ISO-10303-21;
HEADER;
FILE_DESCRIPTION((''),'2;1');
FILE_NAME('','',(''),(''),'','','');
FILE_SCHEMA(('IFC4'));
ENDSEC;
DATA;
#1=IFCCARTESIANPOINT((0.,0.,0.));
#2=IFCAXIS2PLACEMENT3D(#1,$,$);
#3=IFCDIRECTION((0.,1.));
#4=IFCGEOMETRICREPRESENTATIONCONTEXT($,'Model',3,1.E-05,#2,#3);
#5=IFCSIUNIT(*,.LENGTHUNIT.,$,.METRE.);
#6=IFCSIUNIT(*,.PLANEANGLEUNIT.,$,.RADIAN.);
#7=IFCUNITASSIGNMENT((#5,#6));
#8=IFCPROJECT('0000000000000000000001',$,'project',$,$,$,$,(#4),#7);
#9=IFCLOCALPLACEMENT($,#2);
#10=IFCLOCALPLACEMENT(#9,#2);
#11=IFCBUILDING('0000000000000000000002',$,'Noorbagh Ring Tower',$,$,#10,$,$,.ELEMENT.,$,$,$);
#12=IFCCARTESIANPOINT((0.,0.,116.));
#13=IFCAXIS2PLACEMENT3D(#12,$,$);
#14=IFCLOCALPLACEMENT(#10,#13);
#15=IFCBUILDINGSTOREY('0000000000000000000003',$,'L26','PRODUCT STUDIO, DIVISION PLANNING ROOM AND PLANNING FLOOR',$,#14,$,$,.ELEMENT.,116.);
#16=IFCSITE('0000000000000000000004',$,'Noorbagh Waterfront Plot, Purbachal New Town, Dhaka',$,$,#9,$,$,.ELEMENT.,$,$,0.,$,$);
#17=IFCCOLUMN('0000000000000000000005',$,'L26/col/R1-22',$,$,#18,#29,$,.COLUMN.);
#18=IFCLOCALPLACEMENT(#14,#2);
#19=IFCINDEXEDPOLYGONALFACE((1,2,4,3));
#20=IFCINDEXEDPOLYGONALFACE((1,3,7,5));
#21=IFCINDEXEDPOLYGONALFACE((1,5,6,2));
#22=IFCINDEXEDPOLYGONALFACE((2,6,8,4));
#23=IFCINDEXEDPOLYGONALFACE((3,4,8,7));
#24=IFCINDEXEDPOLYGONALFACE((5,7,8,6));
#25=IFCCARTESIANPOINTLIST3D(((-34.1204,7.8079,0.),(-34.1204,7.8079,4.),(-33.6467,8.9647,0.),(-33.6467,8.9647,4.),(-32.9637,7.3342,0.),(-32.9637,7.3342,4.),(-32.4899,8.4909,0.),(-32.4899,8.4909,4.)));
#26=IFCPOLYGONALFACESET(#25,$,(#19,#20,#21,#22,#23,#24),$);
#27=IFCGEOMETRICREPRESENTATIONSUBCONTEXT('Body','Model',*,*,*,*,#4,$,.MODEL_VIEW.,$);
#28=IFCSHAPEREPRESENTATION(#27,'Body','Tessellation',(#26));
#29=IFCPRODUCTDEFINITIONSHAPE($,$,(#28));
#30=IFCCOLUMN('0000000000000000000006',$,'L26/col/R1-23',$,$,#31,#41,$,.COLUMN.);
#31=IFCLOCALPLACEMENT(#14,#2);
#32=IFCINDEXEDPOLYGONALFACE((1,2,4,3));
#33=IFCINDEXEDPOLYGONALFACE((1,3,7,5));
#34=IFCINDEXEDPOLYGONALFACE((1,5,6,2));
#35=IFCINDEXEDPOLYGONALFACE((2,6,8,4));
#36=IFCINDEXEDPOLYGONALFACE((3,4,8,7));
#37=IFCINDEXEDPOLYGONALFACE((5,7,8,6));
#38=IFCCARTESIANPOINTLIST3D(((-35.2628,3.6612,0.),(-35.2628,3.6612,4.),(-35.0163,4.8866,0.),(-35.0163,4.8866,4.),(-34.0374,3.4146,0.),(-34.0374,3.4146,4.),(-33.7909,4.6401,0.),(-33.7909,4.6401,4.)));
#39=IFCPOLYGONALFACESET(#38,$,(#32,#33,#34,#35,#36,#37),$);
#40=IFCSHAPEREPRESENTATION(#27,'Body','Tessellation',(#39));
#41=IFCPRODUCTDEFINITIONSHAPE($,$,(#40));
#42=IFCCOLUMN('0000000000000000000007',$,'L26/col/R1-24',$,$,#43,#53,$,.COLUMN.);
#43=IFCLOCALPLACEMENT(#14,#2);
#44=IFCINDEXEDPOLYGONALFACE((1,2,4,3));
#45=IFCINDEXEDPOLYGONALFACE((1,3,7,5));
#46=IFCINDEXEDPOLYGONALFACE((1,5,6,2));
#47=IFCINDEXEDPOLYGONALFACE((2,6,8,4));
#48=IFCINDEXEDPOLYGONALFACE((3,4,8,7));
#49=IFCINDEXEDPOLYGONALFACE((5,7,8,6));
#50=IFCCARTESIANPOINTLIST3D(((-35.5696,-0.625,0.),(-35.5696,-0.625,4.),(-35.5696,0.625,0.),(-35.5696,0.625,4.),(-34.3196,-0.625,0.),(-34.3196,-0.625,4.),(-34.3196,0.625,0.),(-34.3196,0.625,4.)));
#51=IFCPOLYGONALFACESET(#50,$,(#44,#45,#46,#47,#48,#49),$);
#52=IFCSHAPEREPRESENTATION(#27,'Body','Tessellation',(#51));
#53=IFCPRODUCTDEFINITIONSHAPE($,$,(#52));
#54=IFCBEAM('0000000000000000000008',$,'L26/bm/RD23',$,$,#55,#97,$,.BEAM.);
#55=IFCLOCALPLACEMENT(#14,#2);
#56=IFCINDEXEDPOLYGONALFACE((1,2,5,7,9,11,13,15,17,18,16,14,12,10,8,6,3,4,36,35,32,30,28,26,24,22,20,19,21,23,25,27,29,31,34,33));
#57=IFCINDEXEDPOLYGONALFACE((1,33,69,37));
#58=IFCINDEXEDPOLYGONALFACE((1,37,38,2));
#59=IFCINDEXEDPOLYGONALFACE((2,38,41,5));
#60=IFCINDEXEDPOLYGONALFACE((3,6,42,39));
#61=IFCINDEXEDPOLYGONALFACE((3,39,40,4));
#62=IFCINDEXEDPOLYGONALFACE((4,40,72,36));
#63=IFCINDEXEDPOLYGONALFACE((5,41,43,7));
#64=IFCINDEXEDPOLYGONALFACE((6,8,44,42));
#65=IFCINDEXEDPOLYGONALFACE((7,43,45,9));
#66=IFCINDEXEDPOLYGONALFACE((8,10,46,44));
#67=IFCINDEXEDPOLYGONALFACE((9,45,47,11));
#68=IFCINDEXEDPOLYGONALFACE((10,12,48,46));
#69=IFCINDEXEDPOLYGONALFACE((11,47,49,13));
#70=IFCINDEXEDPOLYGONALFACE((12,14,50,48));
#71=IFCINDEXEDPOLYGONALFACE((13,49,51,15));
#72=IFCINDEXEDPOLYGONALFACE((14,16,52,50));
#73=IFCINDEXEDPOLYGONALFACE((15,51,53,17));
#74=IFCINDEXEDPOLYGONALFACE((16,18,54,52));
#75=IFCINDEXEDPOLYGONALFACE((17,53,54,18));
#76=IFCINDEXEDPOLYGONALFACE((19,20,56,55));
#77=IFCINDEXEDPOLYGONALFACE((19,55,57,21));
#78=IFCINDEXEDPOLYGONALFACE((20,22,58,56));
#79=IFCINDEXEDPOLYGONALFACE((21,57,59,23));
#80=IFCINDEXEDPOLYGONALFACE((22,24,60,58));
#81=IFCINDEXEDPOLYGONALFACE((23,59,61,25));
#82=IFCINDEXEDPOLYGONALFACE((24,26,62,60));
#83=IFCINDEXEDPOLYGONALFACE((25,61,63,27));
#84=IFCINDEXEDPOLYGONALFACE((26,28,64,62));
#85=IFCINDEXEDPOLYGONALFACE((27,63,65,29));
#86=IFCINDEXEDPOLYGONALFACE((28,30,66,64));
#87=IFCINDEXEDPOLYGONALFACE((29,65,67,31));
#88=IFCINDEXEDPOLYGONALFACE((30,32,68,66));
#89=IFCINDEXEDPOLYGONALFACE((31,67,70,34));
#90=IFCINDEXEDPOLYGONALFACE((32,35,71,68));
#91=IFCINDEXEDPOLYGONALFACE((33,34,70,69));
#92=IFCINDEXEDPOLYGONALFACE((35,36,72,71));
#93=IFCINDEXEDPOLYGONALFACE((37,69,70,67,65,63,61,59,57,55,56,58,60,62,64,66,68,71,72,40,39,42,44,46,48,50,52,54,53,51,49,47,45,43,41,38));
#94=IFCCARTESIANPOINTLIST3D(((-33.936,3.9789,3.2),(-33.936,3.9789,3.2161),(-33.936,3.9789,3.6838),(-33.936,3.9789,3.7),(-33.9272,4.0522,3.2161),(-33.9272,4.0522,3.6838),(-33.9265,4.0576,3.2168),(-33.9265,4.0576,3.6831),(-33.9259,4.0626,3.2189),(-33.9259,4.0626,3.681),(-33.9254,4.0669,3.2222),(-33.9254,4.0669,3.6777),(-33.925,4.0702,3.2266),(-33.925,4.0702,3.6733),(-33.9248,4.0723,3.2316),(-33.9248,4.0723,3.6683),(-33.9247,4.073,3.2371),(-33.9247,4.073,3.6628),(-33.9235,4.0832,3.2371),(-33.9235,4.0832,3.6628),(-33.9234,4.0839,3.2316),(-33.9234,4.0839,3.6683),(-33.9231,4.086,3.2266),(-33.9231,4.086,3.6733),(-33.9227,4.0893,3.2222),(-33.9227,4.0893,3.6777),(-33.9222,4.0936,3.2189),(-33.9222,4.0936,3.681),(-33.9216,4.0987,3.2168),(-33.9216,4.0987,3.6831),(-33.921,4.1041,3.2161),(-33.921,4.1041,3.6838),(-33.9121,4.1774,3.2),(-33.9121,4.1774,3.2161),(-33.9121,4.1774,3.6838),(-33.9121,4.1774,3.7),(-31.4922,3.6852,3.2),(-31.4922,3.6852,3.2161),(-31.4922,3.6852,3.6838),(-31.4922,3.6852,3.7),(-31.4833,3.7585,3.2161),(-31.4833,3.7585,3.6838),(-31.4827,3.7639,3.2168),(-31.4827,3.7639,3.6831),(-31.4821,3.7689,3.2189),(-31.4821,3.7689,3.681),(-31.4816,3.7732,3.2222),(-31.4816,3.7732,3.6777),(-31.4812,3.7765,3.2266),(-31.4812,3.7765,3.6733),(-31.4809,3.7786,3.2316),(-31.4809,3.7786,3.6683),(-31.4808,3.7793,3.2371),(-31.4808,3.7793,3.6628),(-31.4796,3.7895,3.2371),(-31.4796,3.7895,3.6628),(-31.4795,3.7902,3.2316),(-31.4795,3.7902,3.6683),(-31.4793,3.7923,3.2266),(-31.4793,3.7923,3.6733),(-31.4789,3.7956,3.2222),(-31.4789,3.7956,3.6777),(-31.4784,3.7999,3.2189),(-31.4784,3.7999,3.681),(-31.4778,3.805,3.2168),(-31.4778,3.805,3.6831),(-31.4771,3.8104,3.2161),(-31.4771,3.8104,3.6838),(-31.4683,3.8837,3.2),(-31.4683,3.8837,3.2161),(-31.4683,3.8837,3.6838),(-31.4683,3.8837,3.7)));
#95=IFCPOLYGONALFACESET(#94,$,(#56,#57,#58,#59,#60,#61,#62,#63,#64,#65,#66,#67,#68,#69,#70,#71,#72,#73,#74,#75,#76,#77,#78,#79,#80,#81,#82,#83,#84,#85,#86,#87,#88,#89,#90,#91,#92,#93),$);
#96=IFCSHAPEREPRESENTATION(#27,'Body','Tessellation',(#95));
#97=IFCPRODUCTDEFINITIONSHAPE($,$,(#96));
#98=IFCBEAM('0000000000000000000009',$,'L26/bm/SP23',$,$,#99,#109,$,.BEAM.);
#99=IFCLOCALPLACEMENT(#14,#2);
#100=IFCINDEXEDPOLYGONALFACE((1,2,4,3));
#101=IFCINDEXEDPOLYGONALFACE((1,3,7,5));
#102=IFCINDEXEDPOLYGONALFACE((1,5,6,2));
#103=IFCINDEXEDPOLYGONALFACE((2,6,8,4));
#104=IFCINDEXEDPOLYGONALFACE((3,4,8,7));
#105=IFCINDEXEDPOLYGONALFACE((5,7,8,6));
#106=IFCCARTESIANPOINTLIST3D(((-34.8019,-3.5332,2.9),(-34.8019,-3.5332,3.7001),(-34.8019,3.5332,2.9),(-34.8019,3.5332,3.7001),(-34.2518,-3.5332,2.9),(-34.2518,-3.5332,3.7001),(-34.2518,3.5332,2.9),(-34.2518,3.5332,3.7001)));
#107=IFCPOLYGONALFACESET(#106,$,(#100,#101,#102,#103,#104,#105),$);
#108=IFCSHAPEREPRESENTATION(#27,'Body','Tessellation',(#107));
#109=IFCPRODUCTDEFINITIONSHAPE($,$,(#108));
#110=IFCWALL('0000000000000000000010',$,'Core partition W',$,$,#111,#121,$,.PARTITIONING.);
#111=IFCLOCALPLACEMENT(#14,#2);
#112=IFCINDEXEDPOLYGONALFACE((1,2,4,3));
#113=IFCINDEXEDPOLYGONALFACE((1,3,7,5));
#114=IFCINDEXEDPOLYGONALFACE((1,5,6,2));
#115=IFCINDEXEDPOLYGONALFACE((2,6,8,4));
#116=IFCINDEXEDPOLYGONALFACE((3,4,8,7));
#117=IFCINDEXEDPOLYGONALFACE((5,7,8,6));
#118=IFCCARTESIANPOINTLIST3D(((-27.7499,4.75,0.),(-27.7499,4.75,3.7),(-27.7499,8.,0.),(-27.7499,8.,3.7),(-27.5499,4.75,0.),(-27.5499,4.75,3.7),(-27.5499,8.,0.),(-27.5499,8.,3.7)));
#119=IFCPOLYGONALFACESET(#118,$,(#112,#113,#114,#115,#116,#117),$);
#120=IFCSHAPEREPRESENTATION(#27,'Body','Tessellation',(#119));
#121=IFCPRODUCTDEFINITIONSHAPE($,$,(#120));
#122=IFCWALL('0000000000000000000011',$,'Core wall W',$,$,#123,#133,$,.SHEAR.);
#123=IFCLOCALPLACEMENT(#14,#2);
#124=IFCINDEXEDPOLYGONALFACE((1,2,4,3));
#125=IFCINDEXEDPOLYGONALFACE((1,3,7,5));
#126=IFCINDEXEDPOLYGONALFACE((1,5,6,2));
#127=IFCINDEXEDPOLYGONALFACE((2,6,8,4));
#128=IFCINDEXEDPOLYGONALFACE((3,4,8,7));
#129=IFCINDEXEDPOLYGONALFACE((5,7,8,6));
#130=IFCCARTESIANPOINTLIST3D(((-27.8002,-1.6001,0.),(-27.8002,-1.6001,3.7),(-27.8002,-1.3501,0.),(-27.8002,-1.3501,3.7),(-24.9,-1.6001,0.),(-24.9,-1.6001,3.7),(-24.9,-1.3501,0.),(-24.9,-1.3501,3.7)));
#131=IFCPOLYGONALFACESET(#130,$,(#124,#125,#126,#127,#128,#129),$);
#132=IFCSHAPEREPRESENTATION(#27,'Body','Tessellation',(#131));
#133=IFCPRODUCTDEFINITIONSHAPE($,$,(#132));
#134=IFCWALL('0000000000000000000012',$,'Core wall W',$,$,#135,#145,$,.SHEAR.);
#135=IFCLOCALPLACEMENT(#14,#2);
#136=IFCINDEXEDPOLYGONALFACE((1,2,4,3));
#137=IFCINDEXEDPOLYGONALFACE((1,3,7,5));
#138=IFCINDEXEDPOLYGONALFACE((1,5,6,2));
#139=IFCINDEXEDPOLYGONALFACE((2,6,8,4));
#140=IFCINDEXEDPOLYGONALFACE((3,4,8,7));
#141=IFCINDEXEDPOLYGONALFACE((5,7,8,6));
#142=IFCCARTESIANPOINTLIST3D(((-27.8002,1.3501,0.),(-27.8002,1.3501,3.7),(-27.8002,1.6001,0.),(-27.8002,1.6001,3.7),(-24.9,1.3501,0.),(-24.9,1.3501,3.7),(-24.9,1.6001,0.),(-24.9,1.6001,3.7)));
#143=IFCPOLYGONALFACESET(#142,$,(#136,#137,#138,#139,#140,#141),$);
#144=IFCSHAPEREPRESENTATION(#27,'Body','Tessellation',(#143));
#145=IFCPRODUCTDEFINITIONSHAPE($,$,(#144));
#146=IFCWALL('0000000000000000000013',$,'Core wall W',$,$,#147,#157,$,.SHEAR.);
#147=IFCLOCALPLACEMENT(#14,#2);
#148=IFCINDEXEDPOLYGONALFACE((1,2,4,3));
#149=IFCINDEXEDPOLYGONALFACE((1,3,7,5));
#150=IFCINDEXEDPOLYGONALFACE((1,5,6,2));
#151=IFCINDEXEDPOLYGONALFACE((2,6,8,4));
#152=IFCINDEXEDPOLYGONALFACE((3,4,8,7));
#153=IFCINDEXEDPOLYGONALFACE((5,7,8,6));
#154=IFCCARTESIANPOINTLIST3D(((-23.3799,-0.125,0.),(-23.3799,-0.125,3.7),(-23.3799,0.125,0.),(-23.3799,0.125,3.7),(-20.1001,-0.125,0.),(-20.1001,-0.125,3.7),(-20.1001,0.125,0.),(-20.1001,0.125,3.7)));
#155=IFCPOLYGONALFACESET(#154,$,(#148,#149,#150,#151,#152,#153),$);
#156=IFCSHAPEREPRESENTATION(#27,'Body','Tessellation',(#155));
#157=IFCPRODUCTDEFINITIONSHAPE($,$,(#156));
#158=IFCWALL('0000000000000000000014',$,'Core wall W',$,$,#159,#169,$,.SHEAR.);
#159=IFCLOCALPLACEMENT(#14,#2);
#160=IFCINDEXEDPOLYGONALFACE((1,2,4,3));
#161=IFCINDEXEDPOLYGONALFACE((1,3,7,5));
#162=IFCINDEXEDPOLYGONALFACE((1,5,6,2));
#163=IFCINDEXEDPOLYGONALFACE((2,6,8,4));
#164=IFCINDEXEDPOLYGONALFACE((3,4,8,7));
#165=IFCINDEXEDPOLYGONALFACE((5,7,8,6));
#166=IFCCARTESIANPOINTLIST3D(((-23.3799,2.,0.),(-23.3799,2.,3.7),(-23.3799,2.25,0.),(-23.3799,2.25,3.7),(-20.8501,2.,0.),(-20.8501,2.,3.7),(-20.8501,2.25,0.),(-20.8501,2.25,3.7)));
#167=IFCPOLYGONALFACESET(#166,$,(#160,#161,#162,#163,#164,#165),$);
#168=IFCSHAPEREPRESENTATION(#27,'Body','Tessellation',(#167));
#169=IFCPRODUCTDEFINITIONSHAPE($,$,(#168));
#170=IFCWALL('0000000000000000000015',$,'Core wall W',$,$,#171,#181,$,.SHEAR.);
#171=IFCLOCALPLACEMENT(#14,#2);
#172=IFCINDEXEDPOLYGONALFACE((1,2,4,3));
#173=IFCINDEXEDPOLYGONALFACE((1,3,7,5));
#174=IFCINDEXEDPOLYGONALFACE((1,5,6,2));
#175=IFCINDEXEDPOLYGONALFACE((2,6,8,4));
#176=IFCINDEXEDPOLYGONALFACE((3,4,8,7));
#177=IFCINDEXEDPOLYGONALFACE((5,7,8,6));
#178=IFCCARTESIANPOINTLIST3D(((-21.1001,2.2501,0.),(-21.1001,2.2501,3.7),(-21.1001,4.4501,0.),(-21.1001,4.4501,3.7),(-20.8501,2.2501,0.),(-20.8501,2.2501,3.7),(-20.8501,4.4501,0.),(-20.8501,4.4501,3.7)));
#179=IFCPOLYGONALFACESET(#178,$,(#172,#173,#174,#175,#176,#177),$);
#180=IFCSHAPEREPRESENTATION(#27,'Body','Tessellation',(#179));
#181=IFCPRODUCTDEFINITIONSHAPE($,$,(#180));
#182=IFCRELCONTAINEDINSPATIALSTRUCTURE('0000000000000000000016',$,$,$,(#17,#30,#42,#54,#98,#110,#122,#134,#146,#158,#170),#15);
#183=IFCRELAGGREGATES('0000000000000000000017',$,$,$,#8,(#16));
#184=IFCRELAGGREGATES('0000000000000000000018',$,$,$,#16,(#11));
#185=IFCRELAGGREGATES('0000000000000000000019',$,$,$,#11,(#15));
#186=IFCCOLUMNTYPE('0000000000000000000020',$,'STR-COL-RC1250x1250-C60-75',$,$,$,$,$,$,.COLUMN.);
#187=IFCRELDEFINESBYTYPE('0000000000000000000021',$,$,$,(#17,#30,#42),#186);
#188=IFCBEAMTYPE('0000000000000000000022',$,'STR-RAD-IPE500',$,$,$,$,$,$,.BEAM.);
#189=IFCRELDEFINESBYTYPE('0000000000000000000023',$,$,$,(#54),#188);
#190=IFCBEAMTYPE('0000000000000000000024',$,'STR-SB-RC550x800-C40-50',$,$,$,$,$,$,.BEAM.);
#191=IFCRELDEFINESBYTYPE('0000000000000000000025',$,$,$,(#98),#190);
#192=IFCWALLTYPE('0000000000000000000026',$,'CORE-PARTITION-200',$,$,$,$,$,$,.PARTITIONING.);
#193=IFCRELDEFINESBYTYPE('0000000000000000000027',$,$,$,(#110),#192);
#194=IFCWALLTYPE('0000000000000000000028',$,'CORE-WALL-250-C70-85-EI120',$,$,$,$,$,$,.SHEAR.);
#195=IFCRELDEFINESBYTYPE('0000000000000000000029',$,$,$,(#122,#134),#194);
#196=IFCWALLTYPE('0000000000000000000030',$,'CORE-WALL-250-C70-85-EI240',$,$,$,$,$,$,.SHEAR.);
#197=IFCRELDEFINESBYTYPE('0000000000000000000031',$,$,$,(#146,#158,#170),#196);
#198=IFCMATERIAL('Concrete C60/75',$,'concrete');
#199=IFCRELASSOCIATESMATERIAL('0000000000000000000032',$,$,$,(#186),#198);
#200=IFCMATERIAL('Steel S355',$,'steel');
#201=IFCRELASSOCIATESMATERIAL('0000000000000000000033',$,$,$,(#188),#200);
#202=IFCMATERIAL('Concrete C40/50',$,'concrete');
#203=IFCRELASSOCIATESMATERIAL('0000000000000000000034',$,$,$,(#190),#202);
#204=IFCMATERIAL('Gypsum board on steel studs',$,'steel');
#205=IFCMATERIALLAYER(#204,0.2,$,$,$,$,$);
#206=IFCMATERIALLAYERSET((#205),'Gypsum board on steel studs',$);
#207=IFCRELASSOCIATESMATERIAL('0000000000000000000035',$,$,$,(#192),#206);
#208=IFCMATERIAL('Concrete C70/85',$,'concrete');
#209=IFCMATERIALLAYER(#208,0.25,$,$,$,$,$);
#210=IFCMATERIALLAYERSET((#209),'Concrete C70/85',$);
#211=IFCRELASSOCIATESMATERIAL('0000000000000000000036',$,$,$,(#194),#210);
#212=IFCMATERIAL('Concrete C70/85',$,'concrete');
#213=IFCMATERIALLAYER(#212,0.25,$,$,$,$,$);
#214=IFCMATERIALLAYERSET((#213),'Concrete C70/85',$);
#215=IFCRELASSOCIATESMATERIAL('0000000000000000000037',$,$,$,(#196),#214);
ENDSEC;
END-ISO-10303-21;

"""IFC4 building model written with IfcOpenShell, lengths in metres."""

from ifc_helpers import new_model, si_unit, direction, frame, frame_2d, origin, origin_2d, place, context, subcontext, project, spatial, rectangle, i_section, extrude, material, layer, layer_set, material_profile, profile_set, type_object, element, save


model = new_model("IFC4")

# Units and contexts
model_context = context("Model", 3, precision=1e-05, world=origin(), true_north=direction((0.0, 1.0)))
body_context = subcontext(model_context, "Body", "Model", "MODEL_VIEW")
ifc_project = project(units=[si_unit("LENGTHUNIT", "METRE"), si_unit("PLANEANGLEUNIT", "RADIAN")], contexts=[model_context])

# Site, building, storey
site_placement = place(None, origin())
site = spatial("IfcSite", under=ifc_project, at=site_placement, Name="Noorbagh Waterfront Plot, Purbachal New Town, Dhaka", CompositionType="ELEMENT", RefElevation=0.0)
building_placement = place(site_placement, origin())
building = spatial("IfcBuilding", under=site, at=building_placement, Name="Noorbagh Ring Tower", CompositionType="ELEMENT")
storey_placement = place(building_placement, frame((0.0, 0.0, 116.0)))
storey = spatial("IfcBuildingStorey", under=building, at=storey_placement, Name="L26", Description="PRODUCT STUDIO, DIVISION PLANNING ROOM AND PLANNING FLOOR", CompositionType="ELEMENT", Elevation=116.0)

# Columns
ifc_material_1 = material(Name="Concrete C60/75", Category="concrete")
ifc_material_profile_1 = material_profile(ifc_material_1, rectangle(XDim=1.25, YDim=1.25, at=origin_2d()), Name="RC1250x1250")
ifc_profile_set_1 = profile_set([ifc_material_profile_1], Name="Concrete C60/75")
column_type = type_object("IfcColumnType", Name="STR-COL-RC1250x1250-C60-75", PredefinedType="COLUMN", material=ifc_profile_set_1)
for number, where, z_axis, x_axis, name in (
    (1, (-33.3052, 8.1494, 0.0), (0.0, 0.0, 1.0), (-0.378989, -0.925401, 0.0), "L26/col/R1-22"),
    (2, (-34.5269, 4.1506, 0.0), (0.0, 0.0, 1.0), (-0.19723, -0.980357, 0.0), "L26/col/R1-23"),
    (3, (-34.9446, 0.0, 0.0), (0.0, 0.0, 1.0), (0.0, -1.0, 0.0), "L26/col/R1-24"),
):
    element("IfcColumn", number, at=place(storey_placement, frame(where, z_axis=z_axis, x_axis=x_axis)), inside=storey, type_object=column_type, Name=name, PredefinedType="COLUMN", context=body_context, shape_type="SweptSolid", body=[
        extrude(rectangle(XDim=1.25, YDim=1.25, at=origin_2d()), origin(), (0.0, 0.0, 1.0), 4.0),
    ])

# Beams
ifc_material_2 = material(Name="Steel S355", Category="steel")
ifc_material_profile_2 = material_profile(ifc_material_2, i_section(OverallWidth=0.2, OverallDepth=0.5, WebThickness=0.0103, FlangeThickness=0.0161, FilletRadius=0.021, at=origin_2d()), Name="IPE500")
ifc_profile_set_2 = profile_set([ifc_material_profile_2], Name="Steel S355")
beam_type_1 = type_object("IfcBeamType", Name="STR-RAD-IPE500", PredefinedType="BEAM", material=ifc_profile_set_2)
beam_1_placement = place(storey_placement, frame((-33.9241, 4.0781, 3.45), z_axis=(0.992856, -0.119321, 0.0), x_axis=(0.119321, 0.992856, 0.0)))
element("IfcBeam", 4, at=beam_1_placement, inside=storey, type_object=beam_type_1, Name="L26/bm/RD23", PredefinedType="BEAM", context=body_context, shape_type="SweptSolid", body=[
    extrude(i_section(OverallWidth=0.2, OverallDepth=0.5, WebThickness=0.0103, FlangeThickness=0.0161, FilletRadius=0.021, at=origin_2d()), origin(), (0.0, 0.0, 1.0), 2.4614),
])
ifc_material_3 = material(Name="Concrete C40/50", Category="concrete")
ifc_material_profile_3 = material_profile(ifc_material_3, rectangle(XDim=0.55, YDim=0.8, at=origin_2d()), Name="RC550x800")
ifc_profile_set_3 = profile_set([ifc_material_profile_3], Name="Concrete C40/50")
beam_type_2 = type_object("IfcBeamType", Name="STR-SB-RC550x800-C40-50", PredefinedType="BEAM", material=ifc_profile_set_3)
beam_2_placement = place(storey_placement, frame((-34.5269, 3.5332, 3.3), z_axis=(0.0, -1.0, 0.0), x_axis=(1.0, 0.0, 0.0)))
element("IfcBeam", 5, at=beam_2_placement, inside=storey, type_object=beam_type_2, Name="L26/bm/SP23", PredefinedType="BEAM", context=body_context, shape_type="SweptSolid", body=[
    extrude(rectangle(XDim=0.55, YDim=0.8, at=origin_2d()), origin(), (0.0, 0.0, 1.0), 7.0664),
])

# Walls
ifc_material_4 = material(Name="Gypsum board on steel studs", Category="steel")
ifc_layer_1 = layer(ifc_material_4, 0.2)
ifc_layer_set_1 = layer_set([ifc_layer_1], Name="Gypsum board on steel studs")
wall_type_1 = type_object("IfcWallType", Name="CORE-PARTITION-200", PredefinedType="PARTITIONING", material=ifc_layer_set_1)
wall_1_placement = place(storey_placement, frame((-27.6499, 4.75, 0.0), z_axis=(0.0, 0.0, 1.0), x_axis=(0.0, 1.0, 0.0)))
element("IfcWall", 6, at=wall_1_placement, inside=storey, type_object=wall_type_1, Name="Core partition W", PredefinedType="PARTITIONING", context=body_context, shape_type="SweptSolid", body=[
    extrude(rectangle(XDim=3.25, YDim=0.2, at=frame_2d((1.625, 0.0))), origin(), (0.0, 0.0, 1.0), 3.7),
])
ifc_material_5 = material(Name="Concrete C70/85", Category="concrete")
ifc_layer_2 = layer(ifc_material_5, 0.25)
ifc_layer_set_2 = layer_set([ifc_layer_2], Name="Concrete C70/85")
wall_type_2 = type_object("IfcWallType", Name="CORE-WALL-250-C70-85-EI120", PredefinedType="SHEAR", material=ifc_layer_set_2)
for number, where, z_axis, x_axis, name in (
    (7, (-24.8999, -1.4751, 0.0), (0.0, 0.0, 1.0), (-1.0, 0.0, 0.0), "Core wall W"),
    (8, (-24.8999, 1.4751, 0.0), (0.0, 0.0, 1.0), (-1.0, 0.0, 0.0), "Core wall W"),
):
    element("IfcWall", number, at=place(storey_placement, frame(where, z_axis=z_axis, x_axis=x_axis)), inside=storey, type_object=wall_type_2, Name=name, PredefinedType="SHEAR", context=body_context, shape_type="SweptSolid", body=[
        extrude(rectangle(XDim=2.9001, YDim=0.25, at=frame_2d((1.4502, 0.0))), origin(), (0.0, 0.0, 1.0), 3.7),
    ])
ifc_material_6 = material(Name="Concrete C70/85", Category="concrete")
ifc_layer_3 = layer(ifc_material_6, 0.25)
ifc_layer_set_3 = layer_set([ifc_layer_3], Name="Concrete C70/85")
wall_type_3 = type_object("IfcWallType", Name="CORE-WALL-250-C70-85-EI240", PredefinedType="SHEAR", material=ifc_layer_set_3)
wall_2_placement = place(storey_placement, frame((-20.1001, 0.0, 0.0), z_axis=(0.0, 0.0, 1.0), x_axis=(-1.0, 0.0, 0.0)))
element("IfcWall", 9, at=wall_2_placement, inside=storey, type_object=wall_type_3, Name="Core wall W", PredefinedType="SHEAR", context=body_context, shape_type="SweptSolid", body=[
    extrude(rectangle(XDim=3.2798, YDim=0.25, at=frame_2d((1.6399, 0.0))), origin(), (0.0, 0.0, 1.0), 3.7),
])
wall_3_placement = place(storey_placement, frame((-20.8501, 2.125, 0.0), z_axis=(0.0, 0.0, 1.0), x_axis=(-1.0, 0.0, 0.0)))
element("IfcWall", 10, at=wall_3_placement, inside=storey, type_object=wall_type_3, Name="Core wall W", PredefinedType="SHEAR", context=body_context, shape_type="SweptSolid", body=[
    extrude(rectangle(XDim=2.5298, YDim=0.25, at=frame_2d((1.2649, 0.0))), origin(), (0.0, 0.0, 1.0), 3.7),
])
wall_4_placement = place(storey_placement, frame((-20.9751, 2.25, 0.0), z_axis=(0.0, 0.0, 1.0), x_axis=(0.0, 1.0, 0.0)))
element("IfcWall", 11, at=wall_4_placement, inside=storey, type_object=wall_type_3, Name="Core wall W", PredefinedType="SHEAR", context=body_context, shape_type="SweptSolid", body=[
    extrude(rectangle(XDim=2.2, YDim=0.25, at=frame_2d((1.1001, 0.0))), origin(), (0.0, 0.0, 1.0), 3.7),
])

save(model, "model.ifc")
